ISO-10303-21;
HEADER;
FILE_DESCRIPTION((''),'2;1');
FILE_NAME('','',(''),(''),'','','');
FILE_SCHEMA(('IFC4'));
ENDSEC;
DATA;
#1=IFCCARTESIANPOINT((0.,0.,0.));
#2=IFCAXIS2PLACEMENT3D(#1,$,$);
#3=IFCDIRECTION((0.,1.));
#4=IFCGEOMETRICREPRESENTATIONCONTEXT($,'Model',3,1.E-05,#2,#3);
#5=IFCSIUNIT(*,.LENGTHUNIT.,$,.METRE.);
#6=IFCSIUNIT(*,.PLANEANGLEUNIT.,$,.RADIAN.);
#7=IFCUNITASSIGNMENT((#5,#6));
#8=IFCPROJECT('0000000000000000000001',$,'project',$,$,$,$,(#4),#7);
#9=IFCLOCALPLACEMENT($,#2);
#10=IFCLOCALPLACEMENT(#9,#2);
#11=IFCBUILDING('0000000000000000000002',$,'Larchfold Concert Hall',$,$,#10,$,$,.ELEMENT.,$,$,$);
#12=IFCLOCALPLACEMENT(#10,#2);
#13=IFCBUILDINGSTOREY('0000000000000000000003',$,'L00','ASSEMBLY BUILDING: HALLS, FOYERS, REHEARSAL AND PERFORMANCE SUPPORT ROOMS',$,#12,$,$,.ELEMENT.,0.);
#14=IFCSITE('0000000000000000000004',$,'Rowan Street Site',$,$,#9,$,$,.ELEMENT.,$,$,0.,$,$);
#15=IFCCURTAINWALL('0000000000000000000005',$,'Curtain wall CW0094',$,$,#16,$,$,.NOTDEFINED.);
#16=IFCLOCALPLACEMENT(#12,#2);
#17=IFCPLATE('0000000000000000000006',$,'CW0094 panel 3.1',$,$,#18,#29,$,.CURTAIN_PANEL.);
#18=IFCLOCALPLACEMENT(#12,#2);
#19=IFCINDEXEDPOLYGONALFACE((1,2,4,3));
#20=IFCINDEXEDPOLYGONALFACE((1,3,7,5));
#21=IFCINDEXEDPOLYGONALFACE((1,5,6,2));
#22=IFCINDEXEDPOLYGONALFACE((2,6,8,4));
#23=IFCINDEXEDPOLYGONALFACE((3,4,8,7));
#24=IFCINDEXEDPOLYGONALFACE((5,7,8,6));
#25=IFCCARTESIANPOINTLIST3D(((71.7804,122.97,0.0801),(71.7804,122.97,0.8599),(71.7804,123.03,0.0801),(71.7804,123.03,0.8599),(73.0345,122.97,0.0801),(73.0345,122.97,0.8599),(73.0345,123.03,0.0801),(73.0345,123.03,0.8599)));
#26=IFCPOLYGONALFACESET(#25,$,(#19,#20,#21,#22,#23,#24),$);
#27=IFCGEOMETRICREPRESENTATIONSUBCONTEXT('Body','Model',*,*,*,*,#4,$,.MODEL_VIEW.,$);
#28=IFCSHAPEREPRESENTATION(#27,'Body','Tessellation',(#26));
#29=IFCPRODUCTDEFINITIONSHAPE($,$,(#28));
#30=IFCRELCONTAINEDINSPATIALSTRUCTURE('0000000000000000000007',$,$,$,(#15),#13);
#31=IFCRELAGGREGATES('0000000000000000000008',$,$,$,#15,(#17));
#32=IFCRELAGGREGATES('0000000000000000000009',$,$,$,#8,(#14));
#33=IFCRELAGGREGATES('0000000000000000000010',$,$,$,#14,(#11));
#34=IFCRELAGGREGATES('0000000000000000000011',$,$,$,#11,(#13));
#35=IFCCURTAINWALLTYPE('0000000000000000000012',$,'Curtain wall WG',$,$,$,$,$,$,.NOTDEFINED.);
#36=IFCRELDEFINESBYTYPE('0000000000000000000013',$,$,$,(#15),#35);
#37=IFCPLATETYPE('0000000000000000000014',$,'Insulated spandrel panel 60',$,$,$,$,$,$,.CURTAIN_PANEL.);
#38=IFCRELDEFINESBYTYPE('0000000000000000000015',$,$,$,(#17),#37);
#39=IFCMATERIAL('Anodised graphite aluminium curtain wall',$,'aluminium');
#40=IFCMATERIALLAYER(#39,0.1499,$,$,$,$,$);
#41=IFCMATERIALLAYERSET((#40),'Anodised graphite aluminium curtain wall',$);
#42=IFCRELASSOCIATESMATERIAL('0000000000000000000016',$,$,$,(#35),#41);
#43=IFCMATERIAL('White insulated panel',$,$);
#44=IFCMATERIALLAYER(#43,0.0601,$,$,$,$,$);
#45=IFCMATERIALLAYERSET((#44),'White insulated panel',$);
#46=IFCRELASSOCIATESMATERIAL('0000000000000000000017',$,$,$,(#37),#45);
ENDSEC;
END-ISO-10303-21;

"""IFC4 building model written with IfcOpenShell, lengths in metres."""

from ifc_helpers import new_model, si_unit, direction, frame, origin, origin_2d, place, context, subcontext, project, spatial, rectangle, extrude, material, layer, layer_set, type_object, element, aggregate, save


model = new_model("IFC4")

# Units and contexts
model_context = context("Model", 3, precision=1e-05, world=origin(), true_north=direction((0.0, 1.0)))
body_context = subcontext(model_context, "Body", "Model", "MODEL_VIEW")
ifc_project = project(units=[si_unit("LENGTHUNIT", "METRE"), si_unit("PLANEANGLEUNIT", "RADIAN")], contexts=[model_context])

# Site, building, storey
site_placement = place(None, origin())
site = spatial("IfcSite", under=ifc_project, at=site_placement, Name="Rowan Street Site", CompositionType="ELEMENT", RefElevation=0.0)
building_placement = place(site_placement, origin())
building = spatial("IfcBuilding", under=site, at=building_placement, Name="Larchfold Concert Hall", CompositionType="ELEMENT")
storey_placement = place(building_placement, origin())
storey = spatial("IfcBuildingStorey", under=building, at=storey_placement, Name="L00", Description="ASSEMBLY BUILDING: HALLS, FOYERS, REHEARSAL AND PERFORMANCE SUPPORT ROOMS", CompositionType="ELEMENT", Elevation=0.0)

# Curtain wall
ifc_material_1 = material(Name="Anodised graphite aluminium curtain wall", Category="aluminium")
ifc_layer_1 = layer(ifc_material_1, 0.1499)
ifc_layer_set_1 = layer_set([ifc_layer_1], Name="Anodised graphite aluminium curtain wall")
curtain_wall_type = type_object("IfcCurtainWallType", Name="Curtain wall WG", PredefinedType="NOTDEFINED", material=ifc_layer_set_1)
curtain_wall_1_placement = place(storey_placement, origin())
curtain_wall_1 = element("IfcCurtainWall", 1, at=curtain_wall_1_placement, inside=storey, type_object=curtain_wall_type, Name="Curtain wall CW0094", PredefinedType="NOTDEFINED")

# Plate
ifc_material_2 = material(Name="White insulated panel")
ifc_layer_2 = layer(ifc_material_2, 0.0601)
ifc_layer_set_2 = layer_set([ifc_layer_2], Name="White insulated panel")
plate_type_1 = type_object("IfcPlateType", Name="Insulated spandrel panel 60", PredefinedType="CURTAIN_PANEL", material=ifc_layer_set_2)
plate_1_placement = place(storey_placement, frame((72.4075, 123.0, 0.0801), z_axis=(0.0, 0.0, 1.0), x_axis=(1.0, 0.0, 0.0)))
plate_1 = element("IfcPlate", 2, at=plate_1_placement, type_object=plate_type_1, Name="CW0094 panel 3.1", PredefinedType="CURTAIN_PANEL", context=body_context, shape_type="SweptSolid", body=[
    extrude(rectangle(XDim=1.2542, YDim=0.0601, at=origin_2d()), origin(), (0.0, 0.0, 1.0), 0.7798),
])
aggregate(curtain_wall_1, [plate_1])

save(model, "model.ifc")
